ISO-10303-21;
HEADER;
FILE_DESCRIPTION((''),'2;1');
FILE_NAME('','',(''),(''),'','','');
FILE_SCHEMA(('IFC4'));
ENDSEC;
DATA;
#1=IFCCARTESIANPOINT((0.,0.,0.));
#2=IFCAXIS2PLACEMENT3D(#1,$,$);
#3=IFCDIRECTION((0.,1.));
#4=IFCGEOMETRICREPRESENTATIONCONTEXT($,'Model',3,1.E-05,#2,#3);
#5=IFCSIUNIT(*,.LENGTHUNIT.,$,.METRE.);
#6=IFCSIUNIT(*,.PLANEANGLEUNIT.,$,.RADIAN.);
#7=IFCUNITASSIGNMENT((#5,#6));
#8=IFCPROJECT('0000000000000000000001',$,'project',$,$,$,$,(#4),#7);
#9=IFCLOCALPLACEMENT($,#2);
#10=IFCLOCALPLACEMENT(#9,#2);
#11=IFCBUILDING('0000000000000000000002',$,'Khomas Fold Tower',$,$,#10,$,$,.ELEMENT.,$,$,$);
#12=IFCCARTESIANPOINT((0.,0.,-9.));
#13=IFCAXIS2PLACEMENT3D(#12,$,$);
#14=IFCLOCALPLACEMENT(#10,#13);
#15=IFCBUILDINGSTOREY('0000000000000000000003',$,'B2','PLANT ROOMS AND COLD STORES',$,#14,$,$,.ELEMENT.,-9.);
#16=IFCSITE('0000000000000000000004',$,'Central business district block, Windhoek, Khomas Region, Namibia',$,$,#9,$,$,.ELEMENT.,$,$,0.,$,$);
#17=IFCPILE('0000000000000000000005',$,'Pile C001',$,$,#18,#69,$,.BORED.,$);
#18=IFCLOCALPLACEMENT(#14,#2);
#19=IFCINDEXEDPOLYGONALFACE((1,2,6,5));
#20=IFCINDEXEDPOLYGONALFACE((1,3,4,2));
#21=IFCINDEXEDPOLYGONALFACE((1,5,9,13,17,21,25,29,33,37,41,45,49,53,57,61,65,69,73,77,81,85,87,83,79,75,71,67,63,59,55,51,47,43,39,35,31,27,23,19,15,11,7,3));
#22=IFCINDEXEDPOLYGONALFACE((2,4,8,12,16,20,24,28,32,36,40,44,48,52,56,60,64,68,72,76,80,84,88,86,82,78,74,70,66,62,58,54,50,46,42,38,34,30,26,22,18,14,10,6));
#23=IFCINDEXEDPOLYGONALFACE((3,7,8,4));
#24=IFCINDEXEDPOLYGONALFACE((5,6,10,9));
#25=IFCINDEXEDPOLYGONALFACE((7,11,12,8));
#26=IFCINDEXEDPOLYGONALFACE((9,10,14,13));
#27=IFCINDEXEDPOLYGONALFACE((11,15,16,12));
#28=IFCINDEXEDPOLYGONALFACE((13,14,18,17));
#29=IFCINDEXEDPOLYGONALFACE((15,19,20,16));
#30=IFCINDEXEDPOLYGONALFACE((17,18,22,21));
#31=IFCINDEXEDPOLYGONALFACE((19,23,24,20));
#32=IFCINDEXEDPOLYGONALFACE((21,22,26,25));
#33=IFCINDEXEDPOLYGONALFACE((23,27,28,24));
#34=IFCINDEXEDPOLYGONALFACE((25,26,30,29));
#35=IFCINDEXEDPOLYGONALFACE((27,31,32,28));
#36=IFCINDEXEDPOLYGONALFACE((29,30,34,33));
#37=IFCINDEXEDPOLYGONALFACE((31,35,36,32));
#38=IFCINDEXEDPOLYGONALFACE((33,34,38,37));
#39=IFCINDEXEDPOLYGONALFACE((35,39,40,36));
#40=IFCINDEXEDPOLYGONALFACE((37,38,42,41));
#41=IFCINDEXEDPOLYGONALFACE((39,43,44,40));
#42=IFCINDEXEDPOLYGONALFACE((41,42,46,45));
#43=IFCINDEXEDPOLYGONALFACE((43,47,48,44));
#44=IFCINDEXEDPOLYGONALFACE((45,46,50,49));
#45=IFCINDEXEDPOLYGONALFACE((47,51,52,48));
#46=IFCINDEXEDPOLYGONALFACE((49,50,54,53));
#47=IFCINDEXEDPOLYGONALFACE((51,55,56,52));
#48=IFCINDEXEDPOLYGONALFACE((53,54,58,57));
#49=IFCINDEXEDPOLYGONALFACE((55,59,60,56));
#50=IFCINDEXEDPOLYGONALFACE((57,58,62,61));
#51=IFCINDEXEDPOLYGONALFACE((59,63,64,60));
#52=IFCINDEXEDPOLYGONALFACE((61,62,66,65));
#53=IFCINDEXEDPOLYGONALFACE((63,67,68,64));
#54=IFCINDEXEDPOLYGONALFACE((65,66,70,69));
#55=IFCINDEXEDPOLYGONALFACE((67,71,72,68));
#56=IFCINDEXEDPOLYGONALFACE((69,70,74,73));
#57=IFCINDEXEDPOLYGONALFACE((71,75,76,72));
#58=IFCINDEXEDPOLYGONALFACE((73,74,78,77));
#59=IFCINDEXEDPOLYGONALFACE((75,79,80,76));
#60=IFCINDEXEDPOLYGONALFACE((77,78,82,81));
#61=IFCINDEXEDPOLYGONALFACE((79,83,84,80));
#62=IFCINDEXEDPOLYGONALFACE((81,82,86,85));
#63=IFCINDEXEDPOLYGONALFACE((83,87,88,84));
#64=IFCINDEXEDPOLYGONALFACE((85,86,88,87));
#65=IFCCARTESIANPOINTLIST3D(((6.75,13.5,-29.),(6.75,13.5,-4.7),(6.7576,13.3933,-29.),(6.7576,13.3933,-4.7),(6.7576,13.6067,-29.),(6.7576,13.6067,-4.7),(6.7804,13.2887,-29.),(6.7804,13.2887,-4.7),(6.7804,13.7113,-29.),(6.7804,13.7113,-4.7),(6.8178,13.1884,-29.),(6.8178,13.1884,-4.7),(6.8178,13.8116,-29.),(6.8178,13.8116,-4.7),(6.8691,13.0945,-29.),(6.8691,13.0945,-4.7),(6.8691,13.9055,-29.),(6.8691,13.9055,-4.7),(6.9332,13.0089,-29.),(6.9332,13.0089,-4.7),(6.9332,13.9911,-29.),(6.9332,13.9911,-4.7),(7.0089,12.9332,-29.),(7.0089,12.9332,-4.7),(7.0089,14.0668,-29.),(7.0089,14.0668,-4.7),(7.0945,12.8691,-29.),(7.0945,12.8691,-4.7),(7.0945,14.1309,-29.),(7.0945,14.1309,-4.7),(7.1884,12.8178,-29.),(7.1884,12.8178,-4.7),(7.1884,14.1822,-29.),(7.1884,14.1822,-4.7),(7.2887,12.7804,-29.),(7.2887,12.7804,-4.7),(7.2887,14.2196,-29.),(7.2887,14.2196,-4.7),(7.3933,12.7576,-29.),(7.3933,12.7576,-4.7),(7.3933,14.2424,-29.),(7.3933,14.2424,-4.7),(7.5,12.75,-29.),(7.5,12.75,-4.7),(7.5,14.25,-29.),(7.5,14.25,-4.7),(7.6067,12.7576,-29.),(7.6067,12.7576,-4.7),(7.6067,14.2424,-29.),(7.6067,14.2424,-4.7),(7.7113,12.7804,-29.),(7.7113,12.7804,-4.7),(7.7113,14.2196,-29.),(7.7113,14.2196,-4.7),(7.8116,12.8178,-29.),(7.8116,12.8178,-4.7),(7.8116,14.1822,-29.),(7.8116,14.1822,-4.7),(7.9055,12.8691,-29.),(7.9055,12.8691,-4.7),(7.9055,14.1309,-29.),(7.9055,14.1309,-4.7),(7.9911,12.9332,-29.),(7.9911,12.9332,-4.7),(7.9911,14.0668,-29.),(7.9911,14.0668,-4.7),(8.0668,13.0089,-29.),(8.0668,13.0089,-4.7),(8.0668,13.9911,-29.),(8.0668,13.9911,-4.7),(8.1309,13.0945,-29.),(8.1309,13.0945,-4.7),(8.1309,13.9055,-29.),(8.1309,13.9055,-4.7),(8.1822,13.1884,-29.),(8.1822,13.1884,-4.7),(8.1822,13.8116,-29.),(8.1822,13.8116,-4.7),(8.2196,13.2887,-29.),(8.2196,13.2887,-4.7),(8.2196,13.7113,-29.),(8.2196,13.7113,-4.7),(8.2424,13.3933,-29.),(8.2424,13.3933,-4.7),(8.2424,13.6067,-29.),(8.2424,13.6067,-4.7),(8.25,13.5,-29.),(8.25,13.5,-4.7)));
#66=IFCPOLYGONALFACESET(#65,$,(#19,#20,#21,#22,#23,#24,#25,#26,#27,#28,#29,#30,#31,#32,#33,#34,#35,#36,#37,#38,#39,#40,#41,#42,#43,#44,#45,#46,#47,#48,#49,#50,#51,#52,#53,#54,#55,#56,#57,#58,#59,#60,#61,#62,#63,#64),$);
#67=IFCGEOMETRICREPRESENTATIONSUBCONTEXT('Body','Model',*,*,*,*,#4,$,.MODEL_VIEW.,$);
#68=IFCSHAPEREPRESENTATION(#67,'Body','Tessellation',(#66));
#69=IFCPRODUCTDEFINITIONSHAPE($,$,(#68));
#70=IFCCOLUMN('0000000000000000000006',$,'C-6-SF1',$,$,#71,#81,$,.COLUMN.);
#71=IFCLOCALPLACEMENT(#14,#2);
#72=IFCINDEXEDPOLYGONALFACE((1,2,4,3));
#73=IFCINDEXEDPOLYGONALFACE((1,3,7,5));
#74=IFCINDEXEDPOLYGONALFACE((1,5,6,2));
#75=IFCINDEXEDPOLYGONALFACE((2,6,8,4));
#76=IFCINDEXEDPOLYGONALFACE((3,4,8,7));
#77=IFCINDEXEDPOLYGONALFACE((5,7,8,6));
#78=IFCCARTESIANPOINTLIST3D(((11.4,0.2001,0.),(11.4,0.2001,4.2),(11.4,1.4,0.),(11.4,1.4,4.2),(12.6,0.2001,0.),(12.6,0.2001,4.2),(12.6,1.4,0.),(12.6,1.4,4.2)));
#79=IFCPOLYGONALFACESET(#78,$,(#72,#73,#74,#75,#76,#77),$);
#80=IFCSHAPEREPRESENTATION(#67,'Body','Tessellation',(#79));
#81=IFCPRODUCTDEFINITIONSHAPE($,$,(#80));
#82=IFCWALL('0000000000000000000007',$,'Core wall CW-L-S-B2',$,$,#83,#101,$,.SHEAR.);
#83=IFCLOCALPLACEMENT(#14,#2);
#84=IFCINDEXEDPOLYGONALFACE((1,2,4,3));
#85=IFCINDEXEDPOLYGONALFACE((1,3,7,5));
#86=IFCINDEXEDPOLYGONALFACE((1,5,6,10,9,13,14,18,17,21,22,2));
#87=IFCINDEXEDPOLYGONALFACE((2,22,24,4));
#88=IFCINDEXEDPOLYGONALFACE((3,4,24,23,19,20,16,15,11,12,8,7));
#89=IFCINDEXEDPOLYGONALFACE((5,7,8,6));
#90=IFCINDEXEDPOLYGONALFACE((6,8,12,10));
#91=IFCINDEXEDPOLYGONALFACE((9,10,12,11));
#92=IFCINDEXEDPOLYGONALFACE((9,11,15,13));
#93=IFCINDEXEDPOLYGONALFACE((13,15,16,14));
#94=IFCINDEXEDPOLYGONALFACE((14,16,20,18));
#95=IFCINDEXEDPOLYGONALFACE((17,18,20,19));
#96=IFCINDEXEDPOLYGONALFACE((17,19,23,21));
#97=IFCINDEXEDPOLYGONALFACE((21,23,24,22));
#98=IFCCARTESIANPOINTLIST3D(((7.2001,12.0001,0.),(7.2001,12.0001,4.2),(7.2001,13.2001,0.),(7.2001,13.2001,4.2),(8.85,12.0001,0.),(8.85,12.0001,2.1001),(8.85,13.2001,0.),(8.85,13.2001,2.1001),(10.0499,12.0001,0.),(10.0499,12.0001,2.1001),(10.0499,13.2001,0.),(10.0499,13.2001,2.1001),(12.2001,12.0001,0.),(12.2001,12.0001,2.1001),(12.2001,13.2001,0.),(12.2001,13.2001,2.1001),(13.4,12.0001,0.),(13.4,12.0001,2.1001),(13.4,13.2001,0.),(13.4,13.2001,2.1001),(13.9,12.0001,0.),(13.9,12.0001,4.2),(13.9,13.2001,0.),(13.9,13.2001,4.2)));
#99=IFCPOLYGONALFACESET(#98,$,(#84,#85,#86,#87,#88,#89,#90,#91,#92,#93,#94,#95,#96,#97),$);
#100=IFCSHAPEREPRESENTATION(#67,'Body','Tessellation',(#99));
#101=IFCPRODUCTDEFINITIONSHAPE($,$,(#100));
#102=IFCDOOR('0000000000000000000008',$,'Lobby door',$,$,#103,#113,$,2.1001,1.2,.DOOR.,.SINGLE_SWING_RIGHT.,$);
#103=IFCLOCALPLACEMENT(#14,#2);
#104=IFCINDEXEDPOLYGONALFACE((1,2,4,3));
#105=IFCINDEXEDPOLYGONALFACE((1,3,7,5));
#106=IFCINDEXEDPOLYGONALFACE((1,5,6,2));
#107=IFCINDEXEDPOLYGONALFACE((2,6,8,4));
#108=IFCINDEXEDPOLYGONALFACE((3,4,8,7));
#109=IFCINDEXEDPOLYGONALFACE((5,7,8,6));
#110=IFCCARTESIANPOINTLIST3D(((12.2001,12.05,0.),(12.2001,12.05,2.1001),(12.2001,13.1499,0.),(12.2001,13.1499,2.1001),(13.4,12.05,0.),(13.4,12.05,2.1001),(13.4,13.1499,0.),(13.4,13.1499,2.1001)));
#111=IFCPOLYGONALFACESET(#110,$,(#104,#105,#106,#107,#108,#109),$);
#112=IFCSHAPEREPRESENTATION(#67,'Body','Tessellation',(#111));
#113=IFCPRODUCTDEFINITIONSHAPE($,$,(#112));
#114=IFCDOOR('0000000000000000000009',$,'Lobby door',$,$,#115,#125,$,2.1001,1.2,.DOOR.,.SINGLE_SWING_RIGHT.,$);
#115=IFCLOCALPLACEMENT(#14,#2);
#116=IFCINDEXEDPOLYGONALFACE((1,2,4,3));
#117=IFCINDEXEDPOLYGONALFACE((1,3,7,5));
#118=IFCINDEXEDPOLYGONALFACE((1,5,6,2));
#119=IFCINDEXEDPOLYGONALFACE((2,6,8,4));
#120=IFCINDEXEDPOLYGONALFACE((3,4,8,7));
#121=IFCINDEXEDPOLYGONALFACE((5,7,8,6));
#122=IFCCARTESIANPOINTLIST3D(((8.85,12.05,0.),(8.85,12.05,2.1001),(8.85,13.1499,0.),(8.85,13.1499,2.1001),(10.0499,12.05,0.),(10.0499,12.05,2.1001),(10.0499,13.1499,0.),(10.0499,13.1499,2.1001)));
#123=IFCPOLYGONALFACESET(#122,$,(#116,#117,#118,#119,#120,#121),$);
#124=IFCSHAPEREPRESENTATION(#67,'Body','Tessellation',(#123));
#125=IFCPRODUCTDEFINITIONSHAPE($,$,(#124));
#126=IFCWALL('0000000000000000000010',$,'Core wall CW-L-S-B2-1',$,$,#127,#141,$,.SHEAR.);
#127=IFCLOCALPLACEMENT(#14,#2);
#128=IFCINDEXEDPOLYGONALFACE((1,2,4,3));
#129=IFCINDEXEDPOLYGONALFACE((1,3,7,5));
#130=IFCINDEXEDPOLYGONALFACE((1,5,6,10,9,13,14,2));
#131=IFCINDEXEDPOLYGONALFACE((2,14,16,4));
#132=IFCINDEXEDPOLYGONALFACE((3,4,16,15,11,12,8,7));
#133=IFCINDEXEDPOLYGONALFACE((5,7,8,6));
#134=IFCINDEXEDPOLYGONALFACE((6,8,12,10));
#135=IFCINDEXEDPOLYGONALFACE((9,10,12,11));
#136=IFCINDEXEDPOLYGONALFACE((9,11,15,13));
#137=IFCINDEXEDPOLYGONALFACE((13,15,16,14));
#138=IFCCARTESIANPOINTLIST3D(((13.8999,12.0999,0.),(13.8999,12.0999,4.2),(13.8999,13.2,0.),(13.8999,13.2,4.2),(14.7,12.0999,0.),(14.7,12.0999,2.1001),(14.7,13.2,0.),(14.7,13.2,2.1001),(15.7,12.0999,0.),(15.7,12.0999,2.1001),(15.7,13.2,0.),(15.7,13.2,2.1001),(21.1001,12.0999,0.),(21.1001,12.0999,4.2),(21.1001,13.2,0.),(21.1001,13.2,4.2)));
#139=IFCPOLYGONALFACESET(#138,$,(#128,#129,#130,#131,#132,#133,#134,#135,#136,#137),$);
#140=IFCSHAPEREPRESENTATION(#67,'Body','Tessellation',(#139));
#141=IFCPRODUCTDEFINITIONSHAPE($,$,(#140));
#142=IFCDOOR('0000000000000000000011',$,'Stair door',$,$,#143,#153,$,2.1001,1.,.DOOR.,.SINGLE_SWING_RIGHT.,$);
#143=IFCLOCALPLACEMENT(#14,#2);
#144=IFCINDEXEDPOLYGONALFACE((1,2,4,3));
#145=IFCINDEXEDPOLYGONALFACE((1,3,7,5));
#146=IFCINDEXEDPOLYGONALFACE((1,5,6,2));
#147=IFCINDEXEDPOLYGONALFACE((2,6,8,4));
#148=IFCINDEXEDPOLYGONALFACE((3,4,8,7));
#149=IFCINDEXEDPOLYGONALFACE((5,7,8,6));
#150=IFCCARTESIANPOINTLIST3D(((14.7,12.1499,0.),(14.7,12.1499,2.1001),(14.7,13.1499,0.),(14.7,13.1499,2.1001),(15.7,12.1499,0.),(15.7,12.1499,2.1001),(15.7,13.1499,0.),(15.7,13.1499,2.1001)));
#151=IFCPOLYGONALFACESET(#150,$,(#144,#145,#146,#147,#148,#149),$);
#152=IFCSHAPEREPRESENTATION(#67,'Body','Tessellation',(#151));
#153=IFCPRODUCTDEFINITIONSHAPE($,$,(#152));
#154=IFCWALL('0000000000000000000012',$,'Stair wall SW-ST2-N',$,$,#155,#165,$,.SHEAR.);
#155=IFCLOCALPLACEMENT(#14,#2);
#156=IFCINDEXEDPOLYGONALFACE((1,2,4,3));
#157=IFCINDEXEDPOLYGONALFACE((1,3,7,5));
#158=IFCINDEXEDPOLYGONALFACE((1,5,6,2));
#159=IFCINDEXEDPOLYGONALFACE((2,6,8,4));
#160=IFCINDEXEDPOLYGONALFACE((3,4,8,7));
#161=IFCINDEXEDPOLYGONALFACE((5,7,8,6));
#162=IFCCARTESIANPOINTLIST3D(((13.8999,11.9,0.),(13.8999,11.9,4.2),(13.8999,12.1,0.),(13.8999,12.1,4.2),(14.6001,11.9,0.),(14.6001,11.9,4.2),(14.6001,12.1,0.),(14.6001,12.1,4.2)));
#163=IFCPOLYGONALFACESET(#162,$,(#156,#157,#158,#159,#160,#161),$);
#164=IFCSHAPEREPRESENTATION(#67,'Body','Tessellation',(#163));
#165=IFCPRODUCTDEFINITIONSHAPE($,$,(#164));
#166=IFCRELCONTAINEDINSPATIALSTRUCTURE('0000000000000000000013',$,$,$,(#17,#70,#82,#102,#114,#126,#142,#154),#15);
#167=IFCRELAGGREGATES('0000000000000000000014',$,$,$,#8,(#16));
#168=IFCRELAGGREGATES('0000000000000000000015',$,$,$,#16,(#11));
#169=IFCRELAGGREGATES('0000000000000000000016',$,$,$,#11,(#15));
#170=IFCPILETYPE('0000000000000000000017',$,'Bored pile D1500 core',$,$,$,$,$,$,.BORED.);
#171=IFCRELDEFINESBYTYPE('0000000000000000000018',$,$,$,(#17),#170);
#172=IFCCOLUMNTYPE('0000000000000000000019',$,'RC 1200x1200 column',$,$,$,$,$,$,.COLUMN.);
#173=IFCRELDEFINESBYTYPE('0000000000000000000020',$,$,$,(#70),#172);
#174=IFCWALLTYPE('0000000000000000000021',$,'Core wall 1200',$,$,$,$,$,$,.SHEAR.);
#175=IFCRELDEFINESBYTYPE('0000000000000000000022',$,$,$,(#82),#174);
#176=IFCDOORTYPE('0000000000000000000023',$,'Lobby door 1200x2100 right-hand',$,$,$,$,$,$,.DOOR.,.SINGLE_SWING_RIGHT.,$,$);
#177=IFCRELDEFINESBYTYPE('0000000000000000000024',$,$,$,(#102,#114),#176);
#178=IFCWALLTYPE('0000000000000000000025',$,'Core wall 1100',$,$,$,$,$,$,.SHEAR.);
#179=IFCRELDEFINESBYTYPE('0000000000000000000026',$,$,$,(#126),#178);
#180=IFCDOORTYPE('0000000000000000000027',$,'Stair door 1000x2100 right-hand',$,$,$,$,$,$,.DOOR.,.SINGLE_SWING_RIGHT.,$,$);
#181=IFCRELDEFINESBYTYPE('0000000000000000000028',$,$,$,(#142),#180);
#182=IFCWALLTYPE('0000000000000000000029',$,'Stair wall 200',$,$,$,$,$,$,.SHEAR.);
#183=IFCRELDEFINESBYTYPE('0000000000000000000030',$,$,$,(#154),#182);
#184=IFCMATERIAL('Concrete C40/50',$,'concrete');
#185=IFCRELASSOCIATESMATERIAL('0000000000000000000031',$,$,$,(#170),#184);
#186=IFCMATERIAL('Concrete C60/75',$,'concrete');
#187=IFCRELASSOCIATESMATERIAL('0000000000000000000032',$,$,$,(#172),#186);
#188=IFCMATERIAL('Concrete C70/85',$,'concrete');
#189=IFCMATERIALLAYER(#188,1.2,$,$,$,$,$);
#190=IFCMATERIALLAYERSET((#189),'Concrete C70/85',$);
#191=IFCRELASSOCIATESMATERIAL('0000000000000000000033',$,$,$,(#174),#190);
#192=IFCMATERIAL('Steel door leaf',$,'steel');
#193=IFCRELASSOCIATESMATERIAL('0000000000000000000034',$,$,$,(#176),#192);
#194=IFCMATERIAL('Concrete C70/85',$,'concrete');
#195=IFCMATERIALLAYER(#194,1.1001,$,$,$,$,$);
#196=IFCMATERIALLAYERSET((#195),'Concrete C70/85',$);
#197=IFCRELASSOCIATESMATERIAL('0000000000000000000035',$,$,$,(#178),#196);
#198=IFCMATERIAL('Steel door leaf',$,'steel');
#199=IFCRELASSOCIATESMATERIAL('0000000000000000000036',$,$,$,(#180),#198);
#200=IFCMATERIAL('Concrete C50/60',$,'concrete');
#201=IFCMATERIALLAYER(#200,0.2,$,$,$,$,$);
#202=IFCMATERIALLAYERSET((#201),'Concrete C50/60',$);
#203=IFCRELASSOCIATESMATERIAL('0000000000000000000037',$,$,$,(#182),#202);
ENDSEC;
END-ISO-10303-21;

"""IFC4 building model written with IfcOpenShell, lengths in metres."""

from ifc_helpers import new_model, si_unit, direction, frame, frame_2d, origin, origin_2d, place, context, subcontext, project, spatial, rectangle, circle, extrude, source, transform, mapped, material, layer, layer_set, material_profile, profile_set, type_object, element, fill, save


model = new_model("IFC4")

# Units and contexts
model_context = context("Model", 3, precision=1e-05, world=origin(), true_north=direction((0.0, 1.0)))
body_context = subcontext(model_context, "Body", "Model", "MODEL_VIEW")
ifc_project = project(units=[si_unit("LENGTHUNIT", "METRE"), si_unit("PLANEANGLEUNIT", "RADIAN")], contexts=[model_context])

# Site, building, storey
site_placement = place(None, origin())
site = spatial("IfcSite", under=ifc_project, at=site_placement, Name="Central business district block, Windhoek, Khomas Region, Namibia", CompositionType="ELEMENT", RefElevation=0.0)
building_placement = place(site_placement, origin())
building = spatial("IfcBuilding", under=site, at=building_placement, Name="Khomas Fold Tower", CompositionType="ELEMENT")
storey_placement = place(building_placement, frame((0.0, 0.0, -9.0)))
storey = spatial("IfcBuildingStorey", under=building, at=storey_placement, Name="B2", Description="PLANT ROOMS AND COLD STORES", CompositionType="ELEMENT", Elevation=-9.0)

# Pile
ifc_material_1 = material(Name="Concrete C40/50", Category="concrete")
ifc_material_profile_1 = material_profile(ifc_material_1, circle(Radius=0.75, at=origin_2d()), Name="PILE D1500")
ifc_profile_set_1 = profile_set([ifc_material_profile_1], Name="Concrete C40/50")
pile_type_1 = type_object("IfcPileType", Name="Bored pile D1500 core", PredefinedType="BORED", material=ifc_profile_set_1)
shared_shape_1 = source(origin(), body_context, "Body", "SweptSolid", [
    extrude(circle(Radius=0.75, at=origin_2d()), origin(), (0.0, 0.0, 1.0), 24.3),
])
pile_placement = place(storey_placement, frame((7.5, 13.5, -4.7), z_axis=(0.0, 0.0, -1.0), x_axis=(1.0, 0.0, 0.0)))
element("IfcPile", 1, at=pile_placement, inside=storey, type_object=pile_type_1, Name="Pile C001", PredefinedType="BORED", context=body_context, shape_type="MappedRepresentation", body=[
    mapped(shared_shape_1, transform((0.0, 0.0, 0.0))),
])

# Column
ifc_material_2 = material(Name="Concrete C60/75", Category="concrete")
ifc_material_profile_2 = material_profile(ifc_material_2, rectangle(XDim=1.2, YDim=1.2, at=origin_2d()), Name="RC 1200x1200")
ifc_profile_set_2 = profile_set([ifc_material_profile_2], Name="Concrete C60/75")
column_type = type_object("IfcColumnType", Name="RC 1200x1200 column", PredefinedType="COLUMN", material=ifc_profile_set_2)
shared_shape_2 = source(origin(), body_context, "Body", "SweptSolid", [
    extrude(rectangle(XDim=1.2, YDim=1.2, at=origin_2d()), origin(), (0.0, 0.0, 1.0), 4.2),
])
column_placement = place(storey_placement, frame((12.0, 0.8, 0.0), z_axis=(0.0, 0.0, 1.0), x_axis=(1.0, 0.0, 0.0)))
element("IfcColumn", 2, at=column_placement, inside=storey, type_object=column_type, Name="C-6-SF1", PredefinedType="COLUMN", context=body_context, shape_type="MappedRepresentation", body=[
    mapped(shared_shape_2, transform((0.0, 0.0, 0.0))),
])

# Wall, openings, doors
ifc_material_3 = material(Name="Concrete C70/85", Category="concrete")
ifc_layer_1 = layer(ifc_material_3, 1.2)
ifc_layer_set_1 = layer_set([ifc_layer_1], Name="Concrete C70/85")
wall_type_1 = type_object("IfcWallType", Name="Core wall 1200", PredefinedType="SHEAR", material=ifc_layer_set_1)
shared_shape_3 = source(origin(), body_context, "Body", "SweptSolid", [
    extrude(rectangle(XDim=6.7, YDim=1.2, at=frame_2d((3.3501, 0.0))), origin(), (0.0, 0.0, 1.0), 4.2),
])
wall_1_placement = place(storey_placement, frame((7.2, 12.6001, 0.0), z_axis=(0.0, 0.0, 1.0), x_axis=(1.0, 0.0, 0.0)))
wall_1 = element("IfcWall", 3, at=wall_1_placement, inside=storey, type_object=wall_type_1, Name="Core wall CW-L-S-B2", PredefinedType="SHEAR", context=body_context, shape_type="MappedRepresentation", body=[
    mapped(shared_shape_3, transform((0.0, 0.0, 0.0))),
])
shared_shape_4 = source(origin(), body_context, "Body", "SweptSolid", [
    extrude(rectangle(XDim=1.2, YDim=2.1001, at=frame_2d((0.6001, 1.05))), frame((0.0, 0.6099, 0.0), z_axis=(0.0, -1.0, 0.0), x_axis=(1.0, 0.0, 0.0)), (0.0, 0.0, 1.0), 1.22),
])
opening_1_placement = place(wall_1_placement, frame((5.0, 0.0, 0.0)))
opening_1 = element("IfcOpeningElement", 4, at=opening_1_placement, cuts=wall_1, PredefinedType="OPENING", context=body_context, shape_type="MappedRepresentation", body=[
    mapped(shared_shape_4, transform((0.0, 0.0, 0.0))),
])
opening_2_placement = place(wall_1_placement, frame((1.6499, 0.0, 0.0)))
opening_2 = element("IfcOpeningElement", 5, at=opening_2_placement, cuts=wall_1, PredefinedType="OPENING", context=body_context, shape_type="MappedRepresentation", body=[
    mapped(shared_shape_4, transform((0.0, 0.0, 0.0))),
])
ifc_material_4 = material(Name="Steel door leaf", Category="steel")
door_type_1 = type_object("IfcDoorType", Name="Lobby door 1200x2100 right-hand", OperationType="SINGLE_SWING_RIGHT", PredefinedType="DOOR", material=ifc_material_4)
shared_shape_5 = source(origin(), body_context, "Body", "SweptSolid", [
    extrude(rectangle(XDim=1.2, YDim=2.1001, at=frame_2d((0.6001, 1.05))), frame((0.0, 0.5498, 0.0), z_axis=(0.0, -1.0, 0.0), x_axis=(1.0, 0.0, 0.0)), (0.0, 0.0, 1.0), 1.0999),
])
door_1_placement = place(opening_1_placement, origin())
door_1 = element("IfcDoor", 6, at=door_1_placement, inside=storey, type_object=door_type_1, Name="Lobby door", OperationType="SINGLE_SWING_RIGHT", OverallHeight=2.1001, OverallWidth=1.2, PredefinedType="DOOR", context=body_context, shape_type="MappedRepresentation", body=[
    mapped(shared_shape_5, transform((0.0, 0.0, 0.0))),
])
fill(opening_1, door_1)
door_2_placement = place(opening_2_placement, origin())
door_2 = element("IfcDoor", 7, at=door_2_placement, inside=storey, type_object=door_type_1, Name="Lobby door", OperationType="SINGLE_SWING_RIGHT", OverallHeight=2.1001, OverallWidth=1.2, PredefinedType="DOOR", context=body_context, shape_type="MappedRepresentation", body=[
    mapped(shared_shape_5, transform((0.0, 0.0, 0.0))),
])
fill(opening_2, door_2)

# Wall, opening, door
ifc_material_5 = material(Name="Concrete C70/85", Category="concrete")
ifc_layer_2 = layer(ifc_material_5, 1.1001)
ifc_layer_set_2 = layer_set([ifc_layer_2], Name="Concrete C70/85")
wall_type_2 = type_object("IfcWallType", Name="Core wall 1100", PredefinedType="SHEAR", material=ifc_layer_set_2)
shared_shape_6 = source(origin(), body_context, "Body", "SweptSolid", [
    extrude(rectangle(XDim=7.2002, YDim=1.1001, at=frame_2d((3.6001, 0.0))), origin(), (0.0, 0.0, 1.0), 4.2),
])
wall_2_placement = place(storey_placement, frame((13.8999, 12.6499, 0.0), z_axis=(0.0, 0.0, 1.0), x_axis=(1.0, 0.0, 0.0)))
wall_2 = element("IfcWall", 8, at=wall_2_placement, inside=storey, type_object=wall_type_2, Name="Core wall CW-L-S-B2-1", PredefinedType="SHEAR", context=body_context, shape_type="MappedRepresentation", body=[
    mapped(shared_shape_6, transform((0.0, 0.0, 0.0))),
])
shared_shape_7 = source(origin(), body_context, "Body", "SweptSolid", [
    extrude(rectangle(XDim=1.0, YDim=2.1001, at=frame_2d((0.5, 1.05))), frame((0.0, 0.5601, 0.0), z_axis=(0.0, -1.0, 0.0), x_axis=(1.0, 0.0, 0.0)), (0.0, 0.0, 1.0), 1.1201),
])
opening_3_placement = place(wall_2_placement, frame((0.8, 0.0, 0.0)))
opening_3 = element("IfcOpeningElement", 9, at=opening_3_placement, cuts=wall_2, PredefinedType="OPENING", context=body_context, shape_type="MappedRepresentation", body=[
    mapped(shared_shape_7, transform((0.0, 0.0, 0.0))),
])
ifc_material_6 = material(Name="Steel door leaf", Category="steel")
door_type_2 = type_object("IfcDoorType", Name="Stair door 1000x2100 right-hand", OperationType="SINGLE_SWING_RIGHT", PredefinedType="DOOR", material=ifc_material_6)
shared_shape_8 = source(origin(), body_context, "Body", "SweptSolid", [
    extrude(rectangle(XDim=1.0, YDim=2.1001, at=frame_2d((0.5, 1.05))), frame((0.0, 0.5, 0.0), z_axis=(0.0, -1.0, 0.0), x_axis=(1.0, 0.0, 0.0)), (0.0, 0.0, 1.0), 1.0),
])
door_3_placement = place(opening_3_placement, origin())
door_3 = element("IfcDoor", 10, at=door_3_placement, inside=storey, type_object=door_type_2, Name="Stair door", OperationType="SINGLE_SWING_RIGHT", OverallHeight=2.1001, OverallWidth=1.0, PredefinedType="DOOR", context=body_context, shape_type="MappedRepresentation", body=[
    mapped(shared_shape_8, transform((0.0, 0.0, 0.0))),
])
fill(opening_3, door_3)

# Wall
ifc_material_7 = material(Name="Concrete C50/60", Category="concrete")
ifc_layer_3 = layer(ifc_material_7, 0.2)
ifc_layer_set_3 = layer_set([ifc_layer_3], Name="Concrete C50/60")
wall_type_3 = type_object("IfcWallType", Name="Stair wall 200", PredefinedType="SHEAR", material=ifc_layer_set_3)
shared_shape_9 = source(origin(), body_context, "Body", "SweptSolid", [
    extrude(rectangle(XDim=0.7002, YDim=0.2, at=frame_2d((0.3501, 0.0))), origin(), (0.0, 0.0, 1.0), 4.2),
])
wall_3_placement = place(storey_placement, frame((13.8999, 12.0, 0.0), z_axis=(0.0, 0.0, 1.0), x_axis=(1.0, 0.0, 0.0)))
element("IfcWall", 11, at=wall_3_placement, inside=storey, type_object=wall_type_3, Name="Stair wall SW-ST2-N", PredefinedType="SHEAR", context=body_context, shape_type="MappedRepresentation", body=[
    mapped(shared_shape_9, transform((0.0, 0.0, 0.0))),
])

save(model, "model.ifc")
